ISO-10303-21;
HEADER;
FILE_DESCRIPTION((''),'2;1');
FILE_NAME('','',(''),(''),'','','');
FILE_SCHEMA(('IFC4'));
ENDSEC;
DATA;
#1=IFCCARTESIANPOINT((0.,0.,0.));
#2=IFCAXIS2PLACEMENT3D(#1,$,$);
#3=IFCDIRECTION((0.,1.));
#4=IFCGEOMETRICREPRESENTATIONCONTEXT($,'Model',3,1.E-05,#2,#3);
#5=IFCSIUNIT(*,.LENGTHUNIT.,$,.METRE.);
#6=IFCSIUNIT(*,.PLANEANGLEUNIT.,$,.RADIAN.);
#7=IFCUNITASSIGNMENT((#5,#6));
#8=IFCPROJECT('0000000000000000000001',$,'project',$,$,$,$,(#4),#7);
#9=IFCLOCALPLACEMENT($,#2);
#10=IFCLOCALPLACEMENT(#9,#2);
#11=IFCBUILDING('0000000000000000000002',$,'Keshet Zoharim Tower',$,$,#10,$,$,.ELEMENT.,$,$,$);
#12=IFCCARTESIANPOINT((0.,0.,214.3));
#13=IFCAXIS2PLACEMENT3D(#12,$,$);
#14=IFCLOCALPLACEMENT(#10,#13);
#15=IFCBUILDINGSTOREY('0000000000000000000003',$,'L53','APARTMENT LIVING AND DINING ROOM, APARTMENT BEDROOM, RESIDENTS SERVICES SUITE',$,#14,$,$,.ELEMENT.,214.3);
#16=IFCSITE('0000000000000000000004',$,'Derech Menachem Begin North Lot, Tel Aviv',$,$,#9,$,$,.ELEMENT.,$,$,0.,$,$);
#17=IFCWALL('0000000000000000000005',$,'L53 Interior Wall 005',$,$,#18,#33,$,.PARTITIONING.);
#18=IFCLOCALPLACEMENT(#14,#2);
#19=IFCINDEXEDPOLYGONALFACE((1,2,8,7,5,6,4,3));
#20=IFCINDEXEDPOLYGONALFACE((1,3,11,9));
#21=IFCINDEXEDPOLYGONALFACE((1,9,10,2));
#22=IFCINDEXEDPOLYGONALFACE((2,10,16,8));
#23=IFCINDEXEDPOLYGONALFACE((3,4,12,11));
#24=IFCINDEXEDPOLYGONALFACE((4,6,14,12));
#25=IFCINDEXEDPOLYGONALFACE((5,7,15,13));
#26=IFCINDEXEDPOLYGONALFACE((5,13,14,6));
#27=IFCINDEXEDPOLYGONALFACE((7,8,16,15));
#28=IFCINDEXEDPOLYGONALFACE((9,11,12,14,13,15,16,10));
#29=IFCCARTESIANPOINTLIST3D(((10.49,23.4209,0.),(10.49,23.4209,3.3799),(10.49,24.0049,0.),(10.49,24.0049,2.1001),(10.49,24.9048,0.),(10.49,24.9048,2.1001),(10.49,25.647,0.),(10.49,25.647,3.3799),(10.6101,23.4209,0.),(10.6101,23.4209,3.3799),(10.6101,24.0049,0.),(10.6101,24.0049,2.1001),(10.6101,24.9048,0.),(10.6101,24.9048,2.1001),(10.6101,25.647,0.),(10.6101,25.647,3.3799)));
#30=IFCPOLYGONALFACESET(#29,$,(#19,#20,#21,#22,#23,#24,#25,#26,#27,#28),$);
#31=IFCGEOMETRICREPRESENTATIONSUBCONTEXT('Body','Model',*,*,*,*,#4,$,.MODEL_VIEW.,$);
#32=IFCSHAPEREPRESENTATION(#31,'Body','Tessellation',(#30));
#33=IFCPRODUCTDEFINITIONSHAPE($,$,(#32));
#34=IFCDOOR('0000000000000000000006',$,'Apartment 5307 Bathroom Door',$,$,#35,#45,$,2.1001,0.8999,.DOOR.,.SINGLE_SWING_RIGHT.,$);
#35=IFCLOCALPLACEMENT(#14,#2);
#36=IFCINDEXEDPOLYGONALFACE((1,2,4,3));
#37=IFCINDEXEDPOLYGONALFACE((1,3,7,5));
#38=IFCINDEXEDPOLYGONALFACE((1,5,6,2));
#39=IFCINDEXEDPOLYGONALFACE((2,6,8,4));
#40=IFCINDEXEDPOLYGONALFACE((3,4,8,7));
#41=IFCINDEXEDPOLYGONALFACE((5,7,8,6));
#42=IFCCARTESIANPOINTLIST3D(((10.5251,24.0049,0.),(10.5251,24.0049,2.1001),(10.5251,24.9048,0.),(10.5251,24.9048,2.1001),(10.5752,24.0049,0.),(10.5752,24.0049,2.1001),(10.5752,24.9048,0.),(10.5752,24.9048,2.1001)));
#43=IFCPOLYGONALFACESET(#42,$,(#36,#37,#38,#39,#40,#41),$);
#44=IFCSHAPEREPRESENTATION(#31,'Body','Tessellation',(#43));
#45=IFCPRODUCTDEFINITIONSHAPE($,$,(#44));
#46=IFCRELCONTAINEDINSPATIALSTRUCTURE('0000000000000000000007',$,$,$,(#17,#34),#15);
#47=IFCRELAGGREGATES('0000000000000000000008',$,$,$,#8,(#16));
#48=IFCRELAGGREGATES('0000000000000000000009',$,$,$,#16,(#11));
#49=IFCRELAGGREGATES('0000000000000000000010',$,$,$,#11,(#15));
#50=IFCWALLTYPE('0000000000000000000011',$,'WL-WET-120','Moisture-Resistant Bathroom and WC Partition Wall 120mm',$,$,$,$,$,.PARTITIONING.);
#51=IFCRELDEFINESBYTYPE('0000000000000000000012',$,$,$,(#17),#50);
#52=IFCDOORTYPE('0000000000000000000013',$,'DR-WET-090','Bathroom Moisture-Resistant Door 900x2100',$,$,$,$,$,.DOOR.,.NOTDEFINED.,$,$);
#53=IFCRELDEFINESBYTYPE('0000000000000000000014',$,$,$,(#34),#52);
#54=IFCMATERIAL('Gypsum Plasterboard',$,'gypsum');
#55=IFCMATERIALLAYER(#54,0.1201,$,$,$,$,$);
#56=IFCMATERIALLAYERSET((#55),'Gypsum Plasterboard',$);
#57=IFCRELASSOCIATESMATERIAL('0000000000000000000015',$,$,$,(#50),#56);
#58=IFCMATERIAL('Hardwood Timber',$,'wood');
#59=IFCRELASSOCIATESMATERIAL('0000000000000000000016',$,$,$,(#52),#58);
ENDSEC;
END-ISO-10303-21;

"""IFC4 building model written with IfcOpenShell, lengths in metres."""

from ifc_helpers import new_model, si_unit, direction, frame, frame_2d, origin, place, context, subcontext, project, spatial, rectangle, extrude, material, layer, layer_set, type_object, element, fill, save


model = new_model("IFC4")

# Units and contexts
model_context = context("Model", 3, precision=1e-05, world=origin(), true_north=direction((0.0, 1.0)))
body_context = subcontext(model_context, "Body", "Model", "MODEL_VIEW")
ifc_project = project(units=[si_unit("LENGTHUNIT", "METRE"), si_unit("PLANEANGLEUNIT", "RADIAN")], contexts=[model_context])

# Site, building, storey
site_placement = place(None, origin())
site = spatial("IfcSite", under=ifc_project, at=site_placement, Name="Derech Menachem Begin North Lot, Tel Aviv", CompositionType="ELEMENT", RefElevation=0.0)
building_placement = place(site_placement, origin())
building = spatial("IfcBuilding", under=site, at=building_placement, Name="Keshet Zoharim Tower", CompositionType="ELEMENT")
storey_placement = place(building_placement, frame((0.0, 0.0, 214.3)))
storey = spatial("IfcBuildingStorey", under=building, at=storey_placement, Name="L53", Description="APARTMENT LIVING AND DINING ROOM, APARTMENT BEDROOM, RESIDENTS SERVICES SUITE", CompositionType="ELEMENT", Elevation=214.3)

# Shared definitions
ifc_material_1 = material(Name="Gypsum Plasterboard", Category="gypsum")

# Shared definitions
ifc_material_2 = material(Name="Hardwood Timber", Category="wood")

# Wall, opening, door
ifc_layer_1 = layer(ifc_material_1, 0.1201)
ifc_layer_set_1 = layer_set([ifc_layer_1], Name="Gypsum Plasterboard")
wall_type_1 = type_object("IfcWallType", Name="WL-WET-120", Description="Moisture-Resistant Bathroom and WC Partition Wall 120mm", PredefinedType="PARTITIONING", material=ifc_layer_set_1)
wall_1_placement = place(storey_placement, frame((10.55, 23.4209, 0.0), z_axis=(0.0, 0.0, 1.0), x_axis=(0.0, 1.0, 0.0)))
wall_1 = element("IfcWall", 1, at=wall_1_placement, inside=storey, type_object=wall_type_1, Name="L53 Interior Wall 005", PredefinedType="PARTITIONING", context=body_context, shape_type="SweptSolid", body=[
    extrude(rectangle(XDim=2.2261, YDim=0.1201, at=frame_2d((1.113, 0.0))), origin(), (0.0, 0.0, 1.0), 3.3799),
])
opening_1_placement = place(wall_1_placement, frame((0.584, 0.0, 0.0)))
opening_1 = element("IfcOpeningElement", 2, at=opening_1_placement, cuts=wall_1, PredefinedType="OPENING", context=body_context, shape_type="SweptSolid", body=[
    extrude(rectangle(XDim=0.8999, YDim=2.1001, at=frame_2d((0.45, 1.05))), frame((0.0, 0.0701, 0.0), z_axis=(0.0, -1.0, 0.0), x_axis=(1.0, 0.0, 0.0)), (0.0, 0.0, 1.0), 0.1401),
])
door_type_1 = type_object("IfcDoorType", Name="DR-WET-090", Description="Bathroom Moisture-Resistant Door 900x2100", OperationType="NOTDEFINED", PredefinedType="DOOR", material=ifc_material_2)
door_1_placement = place(opening_1_placement, origin())
door_1 = element("IfcDoor", 3, at=door_1_placement, inside=storey, type_object=door_type_1, Name="Apartment 5307 Bathroom Door", OperationType="SINGLE_SWING_RIGHT", OverallHeight=2.1001, OverallWidth=0.8999, PredefinedType="DOOR", context=body_context, shape_type="SweptSolid", body=[
    extrude(rectangle(XDim=0.8999, YDim=2.1001, at=frame_2d((0.45, 1.05))), frame((0.0, 0.0249, 0.0), z_axis=(0.0, -1.0, 0.0), x_axis=(1.0, 0.0, 0.0)), (0.0, 0.0, 1.0), 0.05),
])
fill(opening_1, door_1)

save(model, "model.ifc")
